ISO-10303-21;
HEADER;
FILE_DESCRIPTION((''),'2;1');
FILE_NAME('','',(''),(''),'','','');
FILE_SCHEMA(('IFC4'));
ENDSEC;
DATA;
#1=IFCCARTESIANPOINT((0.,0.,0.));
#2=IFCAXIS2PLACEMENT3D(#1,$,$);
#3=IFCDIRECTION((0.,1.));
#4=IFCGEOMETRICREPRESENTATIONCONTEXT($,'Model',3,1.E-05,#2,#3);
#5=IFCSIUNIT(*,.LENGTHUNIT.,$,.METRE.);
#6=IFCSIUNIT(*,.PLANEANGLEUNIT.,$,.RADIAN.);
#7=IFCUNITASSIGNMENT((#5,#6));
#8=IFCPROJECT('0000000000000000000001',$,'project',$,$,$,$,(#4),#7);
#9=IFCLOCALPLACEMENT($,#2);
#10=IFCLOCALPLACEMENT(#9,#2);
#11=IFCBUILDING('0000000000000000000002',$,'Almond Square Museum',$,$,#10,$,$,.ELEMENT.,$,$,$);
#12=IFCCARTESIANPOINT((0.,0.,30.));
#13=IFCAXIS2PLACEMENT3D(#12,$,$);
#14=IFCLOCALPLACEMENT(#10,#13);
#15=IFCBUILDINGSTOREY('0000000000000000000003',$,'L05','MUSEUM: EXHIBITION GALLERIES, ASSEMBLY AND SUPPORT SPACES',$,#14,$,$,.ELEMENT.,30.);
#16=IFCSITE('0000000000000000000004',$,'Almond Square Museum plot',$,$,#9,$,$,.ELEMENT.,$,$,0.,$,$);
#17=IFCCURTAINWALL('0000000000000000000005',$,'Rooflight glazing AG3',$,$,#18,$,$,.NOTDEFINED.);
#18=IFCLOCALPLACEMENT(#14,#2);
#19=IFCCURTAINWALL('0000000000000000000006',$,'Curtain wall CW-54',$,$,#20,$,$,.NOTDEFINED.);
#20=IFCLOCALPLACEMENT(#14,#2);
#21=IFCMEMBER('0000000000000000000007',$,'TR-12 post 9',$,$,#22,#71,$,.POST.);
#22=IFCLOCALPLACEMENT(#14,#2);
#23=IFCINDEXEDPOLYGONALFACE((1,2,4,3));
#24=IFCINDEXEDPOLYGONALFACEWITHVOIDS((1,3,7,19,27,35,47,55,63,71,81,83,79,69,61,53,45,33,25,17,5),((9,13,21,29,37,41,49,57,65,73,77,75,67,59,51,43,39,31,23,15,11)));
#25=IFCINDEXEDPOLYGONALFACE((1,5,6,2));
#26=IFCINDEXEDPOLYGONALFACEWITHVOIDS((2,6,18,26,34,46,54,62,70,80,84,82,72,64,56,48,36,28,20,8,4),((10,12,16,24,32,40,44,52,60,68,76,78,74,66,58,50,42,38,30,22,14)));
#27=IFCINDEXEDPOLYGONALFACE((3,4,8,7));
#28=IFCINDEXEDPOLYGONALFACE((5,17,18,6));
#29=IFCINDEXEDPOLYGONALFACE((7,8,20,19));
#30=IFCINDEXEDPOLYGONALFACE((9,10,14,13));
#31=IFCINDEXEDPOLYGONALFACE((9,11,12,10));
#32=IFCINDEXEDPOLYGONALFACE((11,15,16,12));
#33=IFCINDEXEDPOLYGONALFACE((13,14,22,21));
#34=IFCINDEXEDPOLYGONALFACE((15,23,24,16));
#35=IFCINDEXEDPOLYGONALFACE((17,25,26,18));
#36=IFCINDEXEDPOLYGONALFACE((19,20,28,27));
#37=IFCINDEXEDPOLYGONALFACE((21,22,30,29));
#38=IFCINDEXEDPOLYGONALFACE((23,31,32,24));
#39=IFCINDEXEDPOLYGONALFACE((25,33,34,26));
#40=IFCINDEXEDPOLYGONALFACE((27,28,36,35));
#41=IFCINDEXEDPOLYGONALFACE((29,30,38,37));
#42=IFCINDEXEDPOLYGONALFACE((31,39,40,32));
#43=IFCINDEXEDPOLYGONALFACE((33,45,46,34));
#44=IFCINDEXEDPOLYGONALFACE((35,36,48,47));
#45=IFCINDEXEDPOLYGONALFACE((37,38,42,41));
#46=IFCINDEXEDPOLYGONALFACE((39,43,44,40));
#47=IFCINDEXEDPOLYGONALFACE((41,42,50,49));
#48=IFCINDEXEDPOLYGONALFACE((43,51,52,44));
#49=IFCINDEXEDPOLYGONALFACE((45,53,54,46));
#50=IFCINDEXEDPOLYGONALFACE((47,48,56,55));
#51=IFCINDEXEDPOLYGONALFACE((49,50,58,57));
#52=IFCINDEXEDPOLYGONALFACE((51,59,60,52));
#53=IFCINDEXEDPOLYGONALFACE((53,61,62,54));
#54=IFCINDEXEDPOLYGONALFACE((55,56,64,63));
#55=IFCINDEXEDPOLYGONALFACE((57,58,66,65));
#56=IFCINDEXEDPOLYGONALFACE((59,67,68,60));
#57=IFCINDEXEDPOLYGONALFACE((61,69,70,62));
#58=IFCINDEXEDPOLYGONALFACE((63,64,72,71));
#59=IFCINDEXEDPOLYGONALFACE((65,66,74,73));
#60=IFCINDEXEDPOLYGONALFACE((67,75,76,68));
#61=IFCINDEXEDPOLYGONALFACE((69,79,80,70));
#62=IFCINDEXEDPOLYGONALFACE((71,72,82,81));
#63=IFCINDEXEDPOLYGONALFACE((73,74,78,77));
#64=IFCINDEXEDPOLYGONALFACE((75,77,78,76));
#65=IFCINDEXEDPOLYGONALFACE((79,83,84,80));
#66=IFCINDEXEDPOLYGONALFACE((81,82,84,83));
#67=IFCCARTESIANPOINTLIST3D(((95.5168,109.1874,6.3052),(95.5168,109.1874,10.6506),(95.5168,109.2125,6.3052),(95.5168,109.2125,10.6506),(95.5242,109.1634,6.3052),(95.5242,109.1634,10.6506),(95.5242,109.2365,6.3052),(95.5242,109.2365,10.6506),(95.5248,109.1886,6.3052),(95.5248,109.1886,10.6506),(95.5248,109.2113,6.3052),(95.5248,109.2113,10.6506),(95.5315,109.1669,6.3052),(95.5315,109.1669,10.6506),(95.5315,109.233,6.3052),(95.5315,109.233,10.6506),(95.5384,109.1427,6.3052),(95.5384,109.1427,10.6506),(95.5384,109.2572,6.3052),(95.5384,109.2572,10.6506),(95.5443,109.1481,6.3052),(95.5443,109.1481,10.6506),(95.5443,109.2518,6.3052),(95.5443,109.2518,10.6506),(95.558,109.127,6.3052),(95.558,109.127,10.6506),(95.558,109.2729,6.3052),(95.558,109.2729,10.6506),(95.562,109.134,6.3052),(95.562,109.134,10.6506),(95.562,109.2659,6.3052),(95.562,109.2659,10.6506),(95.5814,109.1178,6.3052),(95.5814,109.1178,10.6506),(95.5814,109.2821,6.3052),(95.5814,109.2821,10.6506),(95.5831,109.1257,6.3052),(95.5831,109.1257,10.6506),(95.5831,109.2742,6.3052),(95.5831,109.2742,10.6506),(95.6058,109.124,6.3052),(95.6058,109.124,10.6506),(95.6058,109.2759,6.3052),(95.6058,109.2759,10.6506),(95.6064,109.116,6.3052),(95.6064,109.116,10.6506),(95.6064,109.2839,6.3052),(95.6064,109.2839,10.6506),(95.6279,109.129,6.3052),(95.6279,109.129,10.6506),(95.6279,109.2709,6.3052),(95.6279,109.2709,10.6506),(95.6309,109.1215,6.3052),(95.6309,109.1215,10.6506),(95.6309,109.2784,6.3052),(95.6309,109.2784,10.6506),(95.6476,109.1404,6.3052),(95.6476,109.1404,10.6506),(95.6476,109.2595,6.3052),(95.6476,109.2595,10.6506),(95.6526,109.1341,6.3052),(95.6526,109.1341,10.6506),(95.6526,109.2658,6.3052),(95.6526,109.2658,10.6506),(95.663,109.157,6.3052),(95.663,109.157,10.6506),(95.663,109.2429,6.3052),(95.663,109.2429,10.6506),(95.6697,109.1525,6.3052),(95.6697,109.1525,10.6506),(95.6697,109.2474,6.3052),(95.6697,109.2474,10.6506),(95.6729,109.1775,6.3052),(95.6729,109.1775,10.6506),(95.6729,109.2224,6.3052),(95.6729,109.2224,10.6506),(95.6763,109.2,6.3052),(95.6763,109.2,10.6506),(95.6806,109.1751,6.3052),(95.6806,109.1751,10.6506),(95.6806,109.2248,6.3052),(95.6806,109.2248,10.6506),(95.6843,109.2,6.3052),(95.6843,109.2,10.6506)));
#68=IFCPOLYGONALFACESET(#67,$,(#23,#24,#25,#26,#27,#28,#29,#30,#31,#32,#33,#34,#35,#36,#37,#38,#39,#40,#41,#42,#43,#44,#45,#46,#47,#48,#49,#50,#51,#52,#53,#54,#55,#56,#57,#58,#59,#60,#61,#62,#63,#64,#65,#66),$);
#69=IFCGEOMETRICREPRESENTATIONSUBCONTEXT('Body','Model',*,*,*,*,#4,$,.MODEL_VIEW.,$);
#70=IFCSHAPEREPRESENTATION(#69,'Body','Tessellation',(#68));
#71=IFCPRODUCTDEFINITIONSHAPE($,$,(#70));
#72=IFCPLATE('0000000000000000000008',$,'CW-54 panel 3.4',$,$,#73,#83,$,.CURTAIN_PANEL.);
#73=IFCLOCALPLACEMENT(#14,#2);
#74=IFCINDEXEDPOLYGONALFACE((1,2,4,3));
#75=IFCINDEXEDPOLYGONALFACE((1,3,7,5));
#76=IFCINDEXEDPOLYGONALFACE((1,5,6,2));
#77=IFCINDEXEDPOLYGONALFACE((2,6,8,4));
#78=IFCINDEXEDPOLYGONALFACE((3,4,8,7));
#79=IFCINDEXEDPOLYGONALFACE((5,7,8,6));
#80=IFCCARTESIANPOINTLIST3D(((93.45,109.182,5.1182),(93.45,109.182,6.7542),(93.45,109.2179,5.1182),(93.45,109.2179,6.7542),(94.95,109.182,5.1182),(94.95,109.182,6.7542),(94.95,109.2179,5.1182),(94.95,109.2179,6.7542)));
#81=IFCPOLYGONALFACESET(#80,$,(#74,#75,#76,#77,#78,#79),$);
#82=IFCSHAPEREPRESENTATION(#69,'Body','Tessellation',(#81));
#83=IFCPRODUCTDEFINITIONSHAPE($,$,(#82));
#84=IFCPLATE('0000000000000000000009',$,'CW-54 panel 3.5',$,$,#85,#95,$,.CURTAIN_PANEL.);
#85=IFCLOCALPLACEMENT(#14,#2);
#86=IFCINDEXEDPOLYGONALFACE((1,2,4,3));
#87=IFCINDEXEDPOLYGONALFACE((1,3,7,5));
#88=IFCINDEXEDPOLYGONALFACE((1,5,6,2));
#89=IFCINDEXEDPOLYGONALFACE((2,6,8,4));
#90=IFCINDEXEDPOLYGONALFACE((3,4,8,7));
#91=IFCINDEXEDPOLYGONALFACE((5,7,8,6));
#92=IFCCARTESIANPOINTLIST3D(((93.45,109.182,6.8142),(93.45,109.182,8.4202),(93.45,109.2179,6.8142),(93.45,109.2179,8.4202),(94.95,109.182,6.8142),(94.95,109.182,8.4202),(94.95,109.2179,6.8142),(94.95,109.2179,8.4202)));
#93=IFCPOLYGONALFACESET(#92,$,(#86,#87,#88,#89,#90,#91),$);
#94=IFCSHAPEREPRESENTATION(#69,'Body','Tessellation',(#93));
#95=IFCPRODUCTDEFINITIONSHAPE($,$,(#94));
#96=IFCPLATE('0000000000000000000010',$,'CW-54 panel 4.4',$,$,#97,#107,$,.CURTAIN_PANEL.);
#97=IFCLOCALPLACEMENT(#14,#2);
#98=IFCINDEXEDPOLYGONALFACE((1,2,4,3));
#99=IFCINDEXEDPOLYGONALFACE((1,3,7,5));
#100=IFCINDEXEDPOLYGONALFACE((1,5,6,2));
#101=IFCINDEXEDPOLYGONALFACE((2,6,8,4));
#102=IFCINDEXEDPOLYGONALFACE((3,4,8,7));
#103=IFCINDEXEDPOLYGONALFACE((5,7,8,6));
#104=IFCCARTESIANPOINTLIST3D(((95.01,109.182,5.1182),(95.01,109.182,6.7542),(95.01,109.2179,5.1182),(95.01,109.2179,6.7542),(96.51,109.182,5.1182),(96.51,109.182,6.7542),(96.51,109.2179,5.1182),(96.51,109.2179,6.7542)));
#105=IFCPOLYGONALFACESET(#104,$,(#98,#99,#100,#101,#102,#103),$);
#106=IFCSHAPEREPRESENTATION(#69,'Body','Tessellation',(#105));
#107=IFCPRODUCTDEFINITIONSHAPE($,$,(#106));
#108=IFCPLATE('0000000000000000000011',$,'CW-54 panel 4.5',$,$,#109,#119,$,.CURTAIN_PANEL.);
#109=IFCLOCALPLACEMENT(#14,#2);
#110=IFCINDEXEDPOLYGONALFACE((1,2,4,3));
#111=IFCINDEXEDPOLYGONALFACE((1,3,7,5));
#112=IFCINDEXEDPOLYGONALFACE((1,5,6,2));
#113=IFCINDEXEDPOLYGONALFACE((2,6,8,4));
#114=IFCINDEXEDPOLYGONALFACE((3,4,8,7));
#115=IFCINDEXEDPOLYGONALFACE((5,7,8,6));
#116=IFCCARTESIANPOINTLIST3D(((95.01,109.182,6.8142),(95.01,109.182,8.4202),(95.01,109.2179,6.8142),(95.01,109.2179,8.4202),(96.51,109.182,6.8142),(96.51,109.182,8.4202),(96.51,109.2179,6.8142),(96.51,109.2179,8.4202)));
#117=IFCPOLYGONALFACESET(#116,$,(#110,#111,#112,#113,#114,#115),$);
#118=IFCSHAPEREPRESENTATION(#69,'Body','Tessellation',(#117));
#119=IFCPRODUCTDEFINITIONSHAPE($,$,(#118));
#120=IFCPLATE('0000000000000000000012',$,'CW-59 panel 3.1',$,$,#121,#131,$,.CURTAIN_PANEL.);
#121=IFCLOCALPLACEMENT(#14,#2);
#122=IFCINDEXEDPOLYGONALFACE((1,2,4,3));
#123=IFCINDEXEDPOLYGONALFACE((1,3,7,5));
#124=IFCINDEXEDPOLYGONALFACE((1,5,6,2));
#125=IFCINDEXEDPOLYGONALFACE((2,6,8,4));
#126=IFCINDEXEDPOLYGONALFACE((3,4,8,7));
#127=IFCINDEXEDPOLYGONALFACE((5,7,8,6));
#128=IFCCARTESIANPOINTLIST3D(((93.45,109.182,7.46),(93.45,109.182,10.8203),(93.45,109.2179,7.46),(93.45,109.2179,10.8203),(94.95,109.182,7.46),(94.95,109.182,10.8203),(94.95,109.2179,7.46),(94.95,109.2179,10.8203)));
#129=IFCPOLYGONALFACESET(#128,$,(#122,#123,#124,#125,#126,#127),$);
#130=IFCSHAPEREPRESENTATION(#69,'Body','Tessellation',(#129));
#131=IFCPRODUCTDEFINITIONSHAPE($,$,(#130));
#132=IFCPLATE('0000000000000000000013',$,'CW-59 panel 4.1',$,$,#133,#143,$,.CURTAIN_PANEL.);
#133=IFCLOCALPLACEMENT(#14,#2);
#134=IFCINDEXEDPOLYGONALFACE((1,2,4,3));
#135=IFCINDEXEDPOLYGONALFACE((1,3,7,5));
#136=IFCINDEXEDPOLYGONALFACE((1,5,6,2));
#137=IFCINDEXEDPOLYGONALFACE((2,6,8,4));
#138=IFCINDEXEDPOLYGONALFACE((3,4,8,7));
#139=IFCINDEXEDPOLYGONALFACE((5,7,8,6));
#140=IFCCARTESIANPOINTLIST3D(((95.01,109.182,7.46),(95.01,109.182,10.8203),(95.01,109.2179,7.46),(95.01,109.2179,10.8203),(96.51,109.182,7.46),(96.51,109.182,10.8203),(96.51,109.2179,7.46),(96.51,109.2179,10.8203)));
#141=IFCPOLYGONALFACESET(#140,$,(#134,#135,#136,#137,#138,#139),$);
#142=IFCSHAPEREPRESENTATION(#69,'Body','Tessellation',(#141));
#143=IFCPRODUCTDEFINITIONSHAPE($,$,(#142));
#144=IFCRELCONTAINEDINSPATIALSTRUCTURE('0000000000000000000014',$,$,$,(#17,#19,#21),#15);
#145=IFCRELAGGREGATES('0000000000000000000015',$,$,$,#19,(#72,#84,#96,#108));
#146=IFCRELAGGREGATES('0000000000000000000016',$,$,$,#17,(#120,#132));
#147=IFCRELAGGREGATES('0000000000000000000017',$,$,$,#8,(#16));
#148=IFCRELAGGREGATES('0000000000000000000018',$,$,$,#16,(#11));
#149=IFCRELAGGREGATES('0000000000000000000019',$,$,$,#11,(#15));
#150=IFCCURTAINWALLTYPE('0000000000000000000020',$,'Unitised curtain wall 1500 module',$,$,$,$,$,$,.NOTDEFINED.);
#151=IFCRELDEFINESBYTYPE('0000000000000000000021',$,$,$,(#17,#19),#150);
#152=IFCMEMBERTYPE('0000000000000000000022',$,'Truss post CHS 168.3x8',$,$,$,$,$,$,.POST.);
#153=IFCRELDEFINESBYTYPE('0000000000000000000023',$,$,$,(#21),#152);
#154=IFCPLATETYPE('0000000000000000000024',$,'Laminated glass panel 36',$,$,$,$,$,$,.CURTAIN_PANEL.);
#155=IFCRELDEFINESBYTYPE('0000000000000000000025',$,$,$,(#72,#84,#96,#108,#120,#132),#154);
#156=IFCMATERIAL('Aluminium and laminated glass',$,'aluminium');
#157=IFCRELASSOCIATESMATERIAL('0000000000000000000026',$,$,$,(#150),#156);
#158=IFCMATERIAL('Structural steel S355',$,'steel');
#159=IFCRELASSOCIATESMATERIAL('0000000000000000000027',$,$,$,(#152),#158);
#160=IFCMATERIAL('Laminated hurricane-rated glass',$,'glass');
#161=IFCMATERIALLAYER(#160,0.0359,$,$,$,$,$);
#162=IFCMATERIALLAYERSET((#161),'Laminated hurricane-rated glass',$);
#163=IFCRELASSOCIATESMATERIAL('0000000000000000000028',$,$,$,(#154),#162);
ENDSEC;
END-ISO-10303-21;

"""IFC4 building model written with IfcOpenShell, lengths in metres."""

from ifc_helpers import new_model, si_unit, direction, frame, origin, origin_2d, place, context, subcontext, project, spatial, rectangle, hollow_circle, extrude, material, layer, layer_set, material_profile, profile_set, type_object, element, aggregate, save


model = new_model("IFC4")

# Units and contexts
model_context = context("Model", 3, precision=1e-05, world=origin(), true_north=direction((0.0, 1.0)))
body_context = subcontext(model_context, "Body", "Model", "MODEL_VIEW")
ifc_project = project(units=[si_unit("LENGTHUNIT", "METRE"), si_unit("PLANEANGLEUNIT", "RADIAN")], contexts=[model_context])

# Site, building, storey
site_placement = place(None, origin())
site = spatial("IfcSite", under=ifc_project, at=site_placement, Name="Almond Square Museum plot", CompositionType="ELEMENT", RefElevation=0.0)
building_placement = place(site_placement, origin())
building = spatial("IfcBuilding", under=site, at=building_placement, Name="Almond Square Museum", CompositionType="ELEMENT")
storey_placement = place(building_placement, frame((0.0, 0.0, 30.0)))
storey = spatial("IfcBuildingStorey", under=building, at=storey_placement, Name="L05", Description="MUSEUM: EXHIBITION GALLERIES, ASSEMBLY AND SUPPORT SPACES", CompositionType="ELEMENT", Elevation=30.0)

# Curtain walls
ifc_material_1 = material(Name="Aluminium and laminated glass", Category="aluminium")
curtain_wall_type = type_object("IfcCurtainWallType", Name="Unitised curtain wall 1500 module", PredefinedType="NOTDEFINED", material=ifc_material_1)
curtain_wall_1_placement = place(storey_placement, origin())
curtain_wall_1 = element("IfcCurtainWall", 1, at=curtain_wall_1_placement, inside=storey, type_object=curtain_wall_type, Name="Rooflight glazing AG3", PredefinedType="NOTDEFINED")
curtain_wall_2_placement = place(storey_placement, origin())
curtain_wall_2 = element("IfcCurtainWall", 2, at=curtain_wall_2_placement, inside=storey, type_object=curtain_wall_type, Name="Curtain wall CW-54", PredefinedType="NOTDEFINED")

# Member
ifc_material_2 = material(Name="Structural steel S355", Category="steel")
ifc_material_profile_1 = material_profile(ifc_material_2, hollow_circle(Radius=0.0842, WallThickness=0.0081, at=origin_2d()))
ifc_profile_set_1 = profile_set([ifc_material_profile_1], Name="Structural steel S355")
member_type_1 = type_object("IfcMemberType", Name="Truss post CHS 168.3x8", PredefinedType="POST", material=ifc_profile_set_1)
for number, where, z_axis, x_axis, name in (
    (3, (95.6001, 109.2, 6.3052), (0.0, 0.0, 1.0), (1.0, 0.0, 0.0), "TR-12 post 9"),
):
    element("IfcMember", number, at=place(storey_placement, frame(where, z_axis=z_axis, x_axis=x_axis)), inside=storey, type_object=member_type_1, Name=name, PredefinedType="POST", context=body_context, shape_type="SweptSolid", body=[
        extrude(hollow_circle(Radius=0.0842, WallThickness=0.0081, at=origin_2d()), origin(), (0.0, 0.0, 1.0), 4.3455),
    ])

# Plates
ifc_material_3 = material(Name="Laminated hurricane-rated glass", Category="glass")
ifc_layer = layer(ifc_material_3, 0.0359)
ifc_layer_set = layer_set([ifc_layer], Name="Laminated hurricane-rated glass")
plate_type = type_object("IfcPlateType", Name="Laminated glass panel 36", PredefinedType="CURTAIN_PANEL", material=ifc_layer_set)
plate_1_placement = place(storey_placement, frame((94.2, 109.2, 5.1182), z_axis=(0.0, 0.0, 1.0), x_axis=(1.0, 0.0, 0.0)))
plate_1 = element("IfcPlate", 4, at=plate_1_placement, type_object=plate_type, Name="CW-54 panel 3.4", PredefinedType="CURTAIN_PANEL", context=body_context, shape_type="SweptSolid", body=[
    extrude(rectangle(XDim=1.5, YDim=0.0359, at=origin_2d()), origin(), (0.0, 0.0, 1.0), 1.636),
])
plate_2_placement = place(storey_placement, frame((94.2, 109.2, 6.8142), z_axis=(0.0, 0.0, 1.0), x_axis=(1.0, 0.0, 0.0)))
plate_2 = element("IfcPlate", 5, at=plate_2_placement, type_object=plate_type, Name="CW-54 panel 3.5", PredefinedType="CURTAIN_PANEL", context=body_context, shape_type="SweptSolid", body=[
    extrude(rectangle(XDim=1.5, YDim=0.0359, at=origin_2d()), origin(), (0.0, 0.0, 1.0), 1.606),
])
plate_3_placement = place(storey_placement, frame((95.76, 109.2, 5.1182), z_axis=(0.0, 0.0, 1.0), x_axis=(1.0, 0.0, 0.0)))
plate_3 = element("IfcPlate", 6, at=plate_3_placement, type_object=plate_type, Name="CW-54 panel 4.4", PredefinedType="CURTAIN_PANEL", context=body_context, shape_type="SweptSolid", body=[
    extrude(rectangle(XDim=1.5, YDim=0.0359, at=origin_2d()), origin(), (0.0, 0.0, 1.0), 1.636),
])
plate_4_placement = place(storey_placement, frame((95.76, 109.2, 6.8142), z_axis=(0.0, 0.0, 1.0), x_axis=(1.0, 0.0, 0.0)))
plate_4 = element("IfcPlate", 7, at=plate_4_placement, type_object=plate_type, Name="CW-54 panel 4.5", PredefinedType="CURTAIN_PANEL", context=body_context, shape_type="SweptSolid", body=[
    extrude(rectangle(XDim=1.5, YDim=0.0359, at=origin_2d()), origin(), (0.0, 0.0, 1.0), 1.606),
])
aggregate(curtain_wall_2, [plate_1, plate_2, plate_3, plate_4])
plate_5_placement = place(storey_placement, frame((94.2, 109.2, 7.46), z_axis=(0.0, 0.0, 1.0), x_axis=(1.0, 0.0, 0.0)))
plate_5 = element("IfcPlate", 8, at=plate_5_placement, type_object=plate_type, Name="CW-59 panel 3.1", PredefinedType="CURTAIN_PANEL", context=body_context, shape_type="SweptSolid", body=[
    extrude(rectangle(XDim=1.5, YDim=0.0359, at=origin_2d()), origin(), (0.0, 0.0, 1.0), 3.3604),
])
plate_6_placement = place(storey_placement, frame((95.76, 109.2, 7.46), z_axis=(0.0, 0.0, 1.0), x_axis=(1.0, 0.0, 0.0)))
plate_6 = element("IfcPlate", 9, at=plate_6_placement, type_object=plate_type, Name="CW-59 panel 4.1", PredefinedType="CURTAIN_PANEL", context=body_context, shape_type="SweptSolid", body=[
    extrude(rectangle(XDim=1.5, YDim=0.0359, at=origin_2d()), origin(), (0.0, 0.0, 1.0), 3.3604),
])
aggregate(curtain_wall_1, [plate_5, plate_6])

save(model, "model.ifc")
